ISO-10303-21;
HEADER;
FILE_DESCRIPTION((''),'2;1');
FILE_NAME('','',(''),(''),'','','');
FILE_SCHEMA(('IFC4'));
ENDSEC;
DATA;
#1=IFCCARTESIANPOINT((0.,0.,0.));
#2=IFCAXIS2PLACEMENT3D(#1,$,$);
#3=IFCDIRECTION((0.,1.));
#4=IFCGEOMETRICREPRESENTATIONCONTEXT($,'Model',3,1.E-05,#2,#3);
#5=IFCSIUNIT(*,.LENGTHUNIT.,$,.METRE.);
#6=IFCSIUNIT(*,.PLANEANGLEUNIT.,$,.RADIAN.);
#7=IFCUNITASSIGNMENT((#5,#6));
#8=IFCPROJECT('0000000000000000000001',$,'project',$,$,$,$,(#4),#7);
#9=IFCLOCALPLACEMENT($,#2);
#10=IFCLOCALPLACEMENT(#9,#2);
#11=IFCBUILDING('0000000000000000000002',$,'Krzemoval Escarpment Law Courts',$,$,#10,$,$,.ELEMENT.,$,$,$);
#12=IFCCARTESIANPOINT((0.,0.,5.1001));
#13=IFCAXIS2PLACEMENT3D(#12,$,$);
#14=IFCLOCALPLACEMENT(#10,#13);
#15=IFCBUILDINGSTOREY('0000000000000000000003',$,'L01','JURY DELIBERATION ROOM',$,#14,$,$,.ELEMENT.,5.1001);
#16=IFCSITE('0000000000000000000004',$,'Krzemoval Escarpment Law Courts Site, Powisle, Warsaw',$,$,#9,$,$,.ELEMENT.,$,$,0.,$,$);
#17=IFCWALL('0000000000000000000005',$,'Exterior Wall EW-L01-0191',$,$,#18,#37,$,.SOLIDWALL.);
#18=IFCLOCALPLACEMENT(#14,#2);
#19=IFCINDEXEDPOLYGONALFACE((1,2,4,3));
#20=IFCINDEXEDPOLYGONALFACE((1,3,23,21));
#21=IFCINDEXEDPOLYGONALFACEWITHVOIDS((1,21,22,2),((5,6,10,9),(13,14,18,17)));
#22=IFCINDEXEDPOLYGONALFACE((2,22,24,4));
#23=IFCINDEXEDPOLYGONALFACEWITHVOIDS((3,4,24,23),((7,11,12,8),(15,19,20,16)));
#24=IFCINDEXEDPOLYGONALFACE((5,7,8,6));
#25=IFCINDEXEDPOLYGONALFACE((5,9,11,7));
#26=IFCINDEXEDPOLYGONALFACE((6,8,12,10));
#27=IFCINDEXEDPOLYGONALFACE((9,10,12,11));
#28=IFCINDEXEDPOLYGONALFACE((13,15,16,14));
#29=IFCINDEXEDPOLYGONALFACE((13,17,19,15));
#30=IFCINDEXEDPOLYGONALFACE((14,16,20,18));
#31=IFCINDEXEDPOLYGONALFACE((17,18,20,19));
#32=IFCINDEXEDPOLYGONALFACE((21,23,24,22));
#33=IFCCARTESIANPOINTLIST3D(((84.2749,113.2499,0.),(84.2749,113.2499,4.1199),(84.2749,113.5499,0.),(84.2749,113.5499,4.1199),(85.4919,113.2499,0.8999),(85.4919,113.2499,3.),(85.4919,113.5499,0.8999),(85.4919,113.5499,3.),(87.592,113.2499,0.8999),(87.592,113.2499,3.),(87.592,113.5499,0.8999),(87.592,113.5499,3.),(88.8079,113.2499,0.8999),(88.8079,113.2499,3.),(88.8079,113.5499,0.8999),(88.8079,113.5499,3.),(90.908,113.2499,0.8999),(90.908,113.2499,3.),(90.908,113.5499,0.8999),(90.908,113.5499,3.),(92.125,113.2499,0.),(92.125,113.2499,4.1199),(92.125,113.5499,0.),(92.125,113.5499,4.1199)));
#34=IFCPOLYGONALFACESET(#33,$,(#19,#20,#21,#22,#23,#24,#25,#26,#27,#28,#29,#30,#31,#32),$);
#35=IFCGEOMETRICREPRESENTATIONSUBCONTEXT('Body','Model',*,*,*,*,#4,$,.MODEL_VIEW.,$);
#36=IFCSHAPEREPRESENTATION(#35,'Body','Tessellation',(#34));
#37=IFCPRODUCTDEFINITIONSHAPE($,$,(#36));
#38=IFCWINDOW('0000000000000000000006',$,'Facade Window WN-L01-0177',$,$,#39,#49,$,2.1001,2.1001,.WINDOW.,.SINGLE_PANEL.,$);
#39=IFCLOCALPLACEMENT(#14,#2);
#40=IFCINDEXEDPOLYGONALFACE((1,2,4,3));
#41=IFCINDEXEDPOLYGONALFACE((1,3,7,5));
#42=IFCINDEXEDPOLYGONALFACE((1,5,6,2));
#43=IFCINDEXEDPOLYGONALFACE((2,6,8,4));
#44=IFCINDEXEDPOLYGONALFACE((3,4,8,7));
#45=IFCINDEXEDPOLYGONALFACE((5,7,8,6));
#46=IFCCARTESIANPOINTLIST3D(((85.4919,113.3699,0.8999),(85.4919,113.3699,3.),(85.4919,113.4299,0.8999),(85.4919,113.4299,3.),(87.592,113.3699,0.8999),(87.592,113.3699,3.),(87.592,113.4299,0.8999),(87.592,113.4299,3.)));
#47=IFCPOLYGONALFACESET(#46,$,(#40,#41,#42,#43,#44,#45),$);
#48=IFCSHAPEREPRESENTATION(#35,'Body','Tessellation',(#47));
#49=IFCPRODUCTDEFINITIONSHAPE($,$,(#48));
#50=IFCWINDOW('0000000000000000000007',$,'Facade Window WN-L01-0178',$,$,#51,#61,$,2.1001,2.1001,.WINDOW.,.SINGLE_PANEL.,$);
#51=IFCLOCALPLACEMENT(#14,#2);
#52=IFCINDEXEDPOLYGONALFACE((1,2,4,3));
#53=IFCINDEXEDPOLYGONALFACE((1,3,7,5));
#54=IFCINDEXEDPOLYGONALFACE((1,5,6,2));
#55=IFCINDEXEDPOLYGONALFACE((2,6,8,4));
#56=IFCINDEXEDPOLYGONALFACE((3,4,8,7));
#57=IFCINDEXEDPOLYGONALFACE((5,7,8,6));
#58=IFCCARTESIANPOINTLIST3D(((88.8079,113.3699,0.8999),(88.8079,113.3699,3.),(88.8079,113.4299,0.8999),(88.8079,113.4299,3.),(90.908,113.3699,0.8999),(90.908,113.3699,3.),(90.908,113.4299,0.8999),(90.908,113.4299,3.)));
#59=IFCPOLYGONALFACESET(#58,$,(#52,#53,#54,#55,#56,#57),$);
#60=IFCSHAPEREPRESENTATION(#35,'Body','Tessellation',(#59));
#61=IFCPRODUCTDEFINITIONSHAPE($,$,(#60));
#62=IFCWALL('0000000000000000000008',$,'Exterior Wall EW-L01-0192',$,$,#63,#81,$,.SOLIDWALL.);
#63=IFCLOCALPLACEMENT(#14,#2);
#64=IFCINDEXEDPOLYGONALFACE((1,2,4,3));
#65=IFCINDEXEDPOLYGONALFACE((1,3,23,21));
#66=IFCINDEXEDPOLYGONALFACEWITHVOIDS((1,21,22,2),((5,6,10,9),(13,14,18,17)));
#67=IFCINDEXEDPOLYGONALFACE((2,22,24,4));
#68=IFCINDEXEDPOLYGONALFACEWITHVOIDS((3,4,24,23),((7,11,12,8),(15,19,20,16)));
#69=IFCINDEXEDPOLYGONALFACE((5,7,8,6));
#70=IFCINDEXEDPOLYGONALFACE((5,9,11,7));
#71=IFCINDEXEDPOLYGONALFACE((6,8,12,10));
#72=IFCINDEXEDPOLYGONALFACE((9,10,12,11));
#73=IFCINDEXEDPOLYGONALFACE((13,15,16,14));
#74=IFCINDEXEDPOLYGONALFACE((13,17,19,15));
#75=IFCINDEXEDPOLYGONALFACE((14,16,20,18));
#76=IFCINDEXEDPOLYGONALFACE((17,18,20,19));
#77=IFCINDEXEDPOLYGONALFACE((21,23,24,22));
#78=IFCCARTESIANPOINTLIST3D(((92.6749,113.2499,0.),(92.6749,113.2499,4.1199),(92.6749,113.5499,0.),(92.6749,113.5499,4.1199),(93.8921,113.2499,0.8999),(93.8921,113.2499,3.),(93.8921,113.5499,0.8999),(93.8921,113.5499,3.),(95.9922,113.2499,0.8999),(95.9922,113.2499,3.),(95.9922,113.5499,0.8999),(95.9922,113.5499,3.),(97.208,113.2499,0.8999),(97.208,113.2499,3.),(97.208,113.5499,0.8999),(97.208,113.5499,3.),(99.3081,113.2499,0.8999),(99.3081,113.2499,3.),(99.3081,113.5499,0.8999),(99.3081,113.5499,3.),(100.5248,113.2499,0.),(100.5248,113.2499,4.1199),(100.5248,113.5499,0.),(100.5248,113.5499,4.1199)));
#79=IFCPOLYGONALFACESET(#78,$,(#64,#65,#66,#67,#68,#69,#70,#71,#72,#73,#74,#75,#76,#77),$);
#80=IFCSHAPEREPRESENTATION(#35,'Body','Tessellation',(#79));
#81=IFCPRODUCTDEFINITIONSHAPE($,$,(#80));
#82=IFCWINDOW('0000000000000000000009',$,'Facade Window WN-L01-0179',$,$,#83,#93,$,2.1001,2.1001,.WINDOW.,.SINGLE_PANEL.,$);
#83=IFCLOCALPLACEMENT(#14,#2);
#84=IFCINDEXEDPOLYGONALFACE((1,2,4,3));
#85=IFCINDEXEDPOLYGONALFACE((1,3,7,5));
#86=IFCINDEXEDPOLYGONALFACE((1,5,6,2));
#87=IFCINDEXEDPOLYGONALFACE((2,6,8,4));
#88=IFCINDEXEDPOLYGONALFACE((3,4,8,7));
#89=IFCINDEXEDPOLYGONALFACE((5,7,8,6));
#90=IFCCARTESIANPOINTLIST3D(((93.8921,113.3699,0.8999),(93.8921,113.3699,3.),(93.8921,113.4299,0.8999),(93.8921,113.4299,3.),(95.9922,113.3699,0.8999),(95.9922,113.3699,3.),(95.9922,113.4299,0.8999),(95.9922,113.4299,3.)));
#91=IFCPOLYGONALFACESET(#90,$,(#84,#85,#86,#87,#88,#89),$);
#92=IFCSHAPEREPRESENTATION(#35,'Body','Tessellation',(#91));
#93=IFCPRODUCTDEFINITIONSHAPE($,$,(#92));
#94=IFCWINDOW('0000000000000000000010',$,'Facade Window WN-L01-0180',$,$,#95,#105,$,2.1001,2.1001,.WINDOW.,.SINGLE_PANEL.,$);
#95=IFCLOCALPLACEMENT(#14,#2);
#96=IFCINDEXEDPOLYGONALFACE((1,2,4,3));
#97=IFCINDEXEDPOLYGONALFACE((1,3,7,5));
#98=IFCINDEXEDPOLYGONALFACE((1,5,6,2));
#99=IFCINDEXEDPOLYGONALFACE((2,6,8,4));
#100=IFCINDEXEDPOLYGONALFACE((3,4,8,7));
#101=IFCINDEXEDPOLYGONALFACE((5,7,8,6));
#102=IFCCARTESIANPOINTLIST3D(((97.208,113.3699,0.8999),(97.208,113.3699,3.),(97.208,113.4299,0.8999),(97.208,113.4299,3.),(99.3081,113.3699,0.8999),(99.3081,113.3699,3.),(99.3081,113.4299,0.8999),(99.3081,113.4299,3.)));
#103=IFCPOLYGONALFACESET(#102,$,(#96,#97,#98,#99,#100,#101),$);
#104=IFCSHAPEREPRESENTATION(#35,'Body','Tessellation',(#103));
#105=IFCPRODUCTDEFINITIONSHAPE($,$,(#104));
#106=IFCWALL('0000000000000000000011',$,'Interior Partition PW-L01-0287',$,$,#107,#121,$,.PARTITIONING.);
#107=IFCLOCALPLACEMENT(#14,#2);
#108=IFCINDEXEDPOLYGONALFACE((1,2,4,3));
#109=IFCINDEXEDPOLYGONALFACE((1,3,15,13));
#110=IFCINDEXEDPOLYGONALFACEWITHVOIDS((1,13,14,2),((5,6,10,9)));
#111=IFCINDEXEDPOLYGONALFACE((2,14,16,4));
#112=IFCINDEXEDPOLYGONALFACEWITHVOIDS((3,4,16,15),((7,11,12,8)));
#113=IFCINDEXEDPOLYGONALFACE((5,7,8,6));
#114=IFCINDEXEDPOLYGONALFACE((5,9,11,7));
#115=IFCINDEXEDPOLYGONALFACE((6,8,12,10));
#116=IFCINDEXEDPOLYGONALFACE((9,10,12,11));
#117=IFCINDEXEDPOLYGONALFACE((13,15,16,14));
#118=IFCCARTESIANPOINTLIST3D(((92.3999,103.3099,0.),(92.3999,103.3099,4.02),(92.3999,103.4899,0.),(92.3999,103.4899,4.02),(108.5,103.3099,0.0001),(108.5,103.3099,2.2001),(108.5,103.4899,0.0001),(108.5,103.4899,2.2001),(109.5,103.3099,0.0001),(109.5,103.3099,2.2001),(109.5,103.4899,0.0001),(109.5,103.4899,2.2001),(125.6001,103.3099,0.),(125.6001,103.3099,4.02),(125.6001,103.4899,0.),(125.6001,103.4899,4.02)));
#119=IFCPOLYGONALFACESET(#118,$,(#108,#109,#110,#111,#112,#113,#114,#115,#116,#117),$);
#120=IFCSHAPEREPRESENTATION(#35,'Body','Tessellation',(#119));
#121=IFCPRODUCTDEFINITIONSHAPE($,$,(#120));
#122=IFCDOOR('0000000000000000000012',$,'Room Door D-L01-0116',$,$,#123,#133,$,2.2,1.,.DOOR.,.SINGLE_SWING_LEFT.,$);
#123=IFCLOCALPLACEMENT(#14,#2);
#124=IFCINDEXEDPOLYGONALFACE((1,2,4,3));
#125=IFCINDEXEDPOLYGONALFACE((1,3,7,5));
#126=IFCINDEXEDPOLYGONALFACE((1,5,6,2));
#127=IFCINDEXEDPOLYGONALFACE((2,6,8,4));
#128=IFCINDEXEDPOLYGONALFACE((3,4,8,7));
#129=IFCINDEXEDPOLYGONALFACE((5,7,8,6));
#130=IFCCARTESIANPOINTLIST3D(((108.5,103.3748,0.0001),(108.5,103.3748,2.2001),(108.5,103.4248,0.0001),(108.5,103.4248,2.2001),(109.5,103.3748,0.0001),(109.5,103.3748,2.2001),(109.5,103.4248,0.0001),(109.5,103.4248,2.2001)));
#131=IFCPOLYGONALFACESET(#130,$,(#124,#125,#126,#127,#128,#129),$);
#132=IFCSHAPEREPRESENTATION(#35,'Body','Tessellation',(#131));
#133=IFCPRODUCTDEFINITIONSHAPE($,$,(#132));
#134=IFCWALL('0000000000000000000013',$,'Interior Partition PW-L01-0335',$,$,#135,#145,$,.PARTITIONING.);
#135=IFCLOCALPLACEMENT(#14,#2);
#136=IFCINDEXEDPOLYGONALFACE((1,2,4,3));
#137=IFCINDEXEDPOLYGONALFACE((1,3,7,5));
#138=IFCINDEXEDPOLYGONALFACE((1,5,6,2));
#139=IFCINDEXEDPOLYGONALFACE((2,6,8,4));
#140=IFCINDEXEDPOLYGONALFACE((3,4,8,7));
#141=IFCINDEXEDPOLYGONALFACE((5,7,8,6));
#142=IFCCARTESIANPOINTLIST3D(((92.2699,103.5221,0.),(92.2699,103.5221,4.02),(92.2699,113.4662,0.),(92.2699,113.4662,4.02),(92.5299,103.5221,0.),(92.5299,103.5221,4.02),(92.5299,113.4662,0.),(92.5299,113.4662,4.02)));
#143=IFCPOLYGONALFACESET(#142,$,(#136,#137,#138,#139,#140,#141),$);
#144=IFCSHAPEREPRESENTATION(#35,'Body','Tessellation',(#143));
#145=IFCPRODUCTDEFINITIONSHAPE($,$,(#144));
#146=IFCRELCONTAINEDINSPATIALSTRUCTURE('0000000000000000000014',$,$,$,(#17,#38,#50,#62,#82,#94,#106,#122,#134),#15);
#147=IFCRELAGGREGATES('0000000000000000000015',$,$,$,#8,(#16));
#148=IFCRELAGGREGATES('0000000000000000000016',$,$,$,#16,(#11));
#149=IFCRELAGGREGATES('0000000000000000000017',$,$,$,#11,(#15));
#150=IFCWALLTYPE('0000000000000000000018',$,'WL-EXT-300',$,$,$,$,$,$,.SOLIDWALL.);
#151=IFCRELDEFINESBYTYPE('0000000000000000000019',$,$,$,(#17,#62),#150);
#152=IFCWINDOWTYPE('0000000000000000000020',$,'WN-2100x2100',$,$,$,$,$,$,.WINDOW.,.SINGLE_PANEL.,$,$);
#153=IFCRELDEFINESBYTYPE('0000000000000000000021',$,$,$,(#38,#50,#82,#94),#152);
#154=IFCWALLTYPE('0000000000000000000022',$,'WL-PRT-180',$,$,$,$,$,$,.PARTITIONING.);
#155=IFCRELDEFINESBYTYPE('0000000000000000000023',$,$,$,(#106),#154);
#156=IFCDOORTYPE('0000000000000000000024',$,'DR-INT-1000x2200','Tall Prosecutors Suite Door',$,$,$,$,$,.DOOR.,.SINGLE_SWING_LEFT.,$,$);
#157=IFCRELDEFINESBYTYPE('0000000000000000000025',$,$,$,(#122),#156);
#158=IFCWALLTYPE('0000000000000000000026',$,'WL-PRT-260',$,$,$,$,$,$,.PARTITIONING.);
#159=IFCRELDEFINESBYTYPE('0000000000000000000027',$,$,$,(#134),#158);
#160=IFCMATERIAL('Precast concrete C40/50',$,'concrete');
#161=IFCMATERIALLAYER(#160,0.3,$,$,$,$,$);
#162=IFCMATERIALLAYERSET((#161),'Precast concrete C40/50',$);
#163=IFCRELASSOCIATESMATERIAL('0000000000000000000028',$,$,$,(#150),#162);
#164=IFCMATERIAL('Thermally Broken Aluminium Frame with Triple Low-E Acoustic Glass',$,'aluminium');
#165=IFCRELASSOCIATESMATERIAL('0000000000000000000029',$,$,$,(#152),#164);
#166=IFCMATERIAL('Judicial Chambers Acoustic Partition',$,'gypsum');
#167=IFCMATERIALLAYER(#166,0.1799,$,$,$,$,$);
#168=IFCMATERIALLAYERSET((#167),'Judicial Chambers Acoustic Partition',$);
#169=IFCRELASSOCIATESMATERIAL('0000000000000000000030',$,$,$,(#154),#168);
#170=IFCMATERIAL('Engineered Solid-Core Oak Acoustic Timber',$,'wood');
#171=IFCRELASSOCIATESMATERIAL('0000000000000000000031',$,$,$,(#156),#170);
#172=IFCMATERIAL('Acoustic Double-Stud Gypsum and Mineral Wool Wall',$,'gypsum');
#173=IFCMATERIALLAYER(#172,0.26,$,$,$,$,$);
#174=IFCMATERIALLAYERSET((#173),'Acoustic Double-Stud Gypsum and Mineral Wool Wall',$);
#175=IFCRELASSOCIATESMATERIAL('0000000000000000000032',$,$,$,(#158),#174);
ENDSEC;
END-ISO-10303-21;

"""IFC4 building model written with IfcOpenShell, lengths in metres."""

from ifc_helpers import new_model, si_unit, direction, frame, frame_2d, origin, place, context, subcontext, project, spatial, rectangle, extrude, material, layer, layer_set, type_object, element, fill, save


model = new_model("IFC4")

# Units and contexts
model_context = context("Model", 3, precision=1e-05, world=origin(), true_north=direction((0.0, 1.0)))
body_context = subcontext(model_context, "Body", "Model", "MODEL_VIEW")
ifc_project = project(units=[si_unit("LENGTHUNIT", "METRE"), si_unit("PLANEANGLEUNIT", "RADIAN")], contexts=[model_context])

# Site, building, storey
site_placement = place(None, origin())
site = spatial("IfcSite", under=ifc_project, at=site_placement, Name="Krzemoval Escarpment Law Courts Site, Powisle, Warsaw", CompositionType="ELEMENT", RefElevation=0.0)
building_placement = place(site_placement, origin())
building = spatial("IfcBuilding", under=site, at=building_placement, Name="Krzemoval Escarpment Law Courts", CompositionType="ELEMENT")
storey_placement = place(building_placement, frame((0.0, 0.0, 5.1001)))
storey = spatial("IfcBuildingStorey", under=building, at=storey_placement, Name="L01", Description="JURY DELIBERATION ROOM", CompositionType="ELEMENT", Elevation=5.1001)

# Walls, openings, windows
ifc_material_1 = material(Name="Precast concrete C40/50", Category="concrete")
ifc_layer_1 = layer(ifc_material_1, 0.3)
ifc_layer_set_1 = layer_set([ifc_layer_1], Name="Precast concrete C40/50")
wall_type_1 = type_object("IfcWallType", Name="WL-EXT-300", PredefinedType="SOLIDWALL", material=ifc_layer_set_1)
wall_1_placement = place(storey_placement, frame((84.2749, 113.3999, 0.0), z_axis=(0.0, 0.0, 1.0), x_axis=(1.0, 0.0, 0.0)))
wall_1 = element("IfcWall", 1, at=wall_1_placement, inside=storey, type_object=wall_type_1, Name="Exterior Wall EW-L01-0191", PredefinedType="SOLIDWALL", context=body_context, shape_type="SweptSolid", body=[
    extrude(rectangle(XDim=7.8501, YDim=0.3, at=frame_2d((3.925, 0.0))), origin(), (0.0, 0.0, 1.0), 4.1199),
])
opening_1_placement = place(wall_1_placement, frame((1.217, 0.0, 0.8999)))
opening_1 = element("IfcOpeningElement", 2, at=opening_1_placement, cuts=wall_1, PredefinedType="OPENING", context=body_context, shape_type="SweptSolid", body=[
    extrude(rectangle(XDim=2.1001, YDim=2.1001, at=frame_2d((1.05, 1.05))), frame((0.0, 0.165, 0.0), z_axis=(0.0, -1.0, 0.0), x_axis=(1.0, 0.0, 0.0)), (0.0, 0.0, 1.0), 0.3301),
])
opening_2_placement = place(wall_1_placement, frame((4.533, 0.0, 0.8999)))
opening_2 = element("IfcOpeningElement", 3, at=opening_2_placement, cuts=wall_1, PredefinedType="OPENING", context=body_context, shape_type="SweptSolid", body=[
    extrude(rectangle(XDim=2.1001, YDim=2.1001, at=frame_2d((1.05, 1.05))), frame((0.0, 0.165, 0.0), z_axis=(0.0, -1.0, 0.0), x_axis=(1.0, 0.0, 0.0)), (0.0, 0.0, 1.0), 0.3301),
])
ifc_material_2 = material(Name="Thermally Broken Aluminium Frame with Triple Low-E Acoustic Glass", Category="aluminium")
window_type = type_object("IfcWindowType", Name="WN-2100x2100", PartitioningType="SINGLE_PANEL", PredefinedType="WINDOW", material=ifc_material_2)
window_1_placement = place(opening_1_placement, origin())
window_1 = element("IfcWindow", 4, at=window_1_placement, inside=storey, type_object=window_type, Name="Facade Window WN-L01-0177", OverallHeight=2.1001, OverallWidth=2.1001, PartitioningType="SINGLE_PANEL", PredefinedType="WINDOW", context=body_context, shape_type="SweptSolid", body=[
    extrude(rectangle(XDim=2.1001, YDim=2.1001, at=frame_2d((1.05, 1.05))), frame((0.0, 0.03, 0.0), z_axis=(0.0, -1.0, 0.0), x_axis=(1.0, 0.0, 0.0)), (0.0, 0.0, 1.0), 0.0601),
])
fill(opening_1, window_1)
window_2_placement = place(opening_2_placement, origin())
window_2 = element("IfcWindow", 5, at=window_2_placement, inside=storey, type_object=window_type, Name="Facade Window WN-L01-0178", OverallHeight=2.1001, OverallWidth=2.1001, PartitioningType="SINGLE_PANEL", PredefinedType="WINDOW", context=body_context, shape_type="SweptSolid", body=[
    extrude(rectangle(XDim=2.1001, YDim=2.1001, at=frame_2d((1.05, 1.05))), frame((0.0, 0.03, 0.0), z_axis=(0.0, -1.0, 0.0), x_axis=(1.0, 0.0, 0.0)), (0.0, 0.0, 1.0), 0.0601),
])
fill(opening_2, window_2)
wall_2_placement = place(storey_placement, frame((92.675, 113.3999, 0.0), z_axis=(0.0, 0.0, 1.0), x_axis=(1.0, 0.0, 0.0)))
wall_2 = element("IfcWall", 6, at=wall_2_placement, inside=storey, type_object=wall_type_1, Name="Exterior Wall EW-L01-0192", PredefinedType="SOLIDWALL", context=body_context, shape_type="SweptSolid", body=[
    extrude(rectangle(XDim=7.8499, YDim=0.3, at=frame_2d((3.9248, 0.0))), origin(), (0.0, 0.0, 1.0), 4.1199),
])
opening_3_placement = place(wall_2_placement, frame((1.217, 0.0, 0.8999)))
opening_3 = element("IfcOpeningElement", 7, at=opening_3_placement, cuts=wall_2, PredefinedType="OPENING", context=body_context, shape_type="SweptSolid", body=[
    extrude(rectangle(XDim=2.1001, YDim=2.1001, at=frame_2d((1.05, 1.05))), frame((0.0, 0.165, 0.0), z_axis=(0.0, -1.0, 0.0), x_axis=(1.0, 0.0, 0.0)), (0.0, 0.0, 1.0), 0.3301),
])
opening_4_placement = place(wall_2_placement, frame((4.533, 0.0, 0.8999)))
opening_4 = element("IfcOpeningElement", 8, at=opening_4_placement, cuts=wall_2, PredefinedType="OPENING", context=body_context, shape_type="SweptSolid", body=[
    extrude(rectangle(XDim=2.1001, YDim=2.1001, at=frame_2d((1.05, 1.05))), frame((0.0, 0.165, 0.0), z_axis=(0.0, -1.0, 0.0), x_axis=(1.0, 0.0, 0.0)), (0.0, 0.0, 1.0), 0.3301),
])
window_3_placement = place(opening_3_placement, origin())
window_3 = element("IfcWindow", 9, at=window_3_placement, inside=storey, type_object=window_type, Name="Facade Window WN-L01-0179", OverallHeight=2.1001, OverallWidth=2.1001, PartitioningType="SINGLE_PANEL", PredefinedType="WINDOW", context=body_context, shape_type="SweptSolid", body=[
    extrude(rectangle(XDim=2.1001, YDim=2.1001, at=frame_2d((1.05, 1.05))), frame((0.0, 0.03, 0.0), z_axis=(0.0, -1.0, 0.0), x_axis=(1.0, 0.0, 0.0)), (0.0, 0.0, 1.0), 0.0601),
])
fill(opening_3, window_3)
window_4_placement = place(opening_4_placement, origin())
window_4 = element("IfcWindow", 10, at=window_4_placement, inside=storey, type_object=window_type, Name="Facade Window WN-L01-0180", OverallHeight=2.1001, OverallWidth=2.1001, PartitioningType="SINGLE_PANEL", PredefinedType="WINDOW", context=body_context, shape_type="SweptSolid", body=[
    extrude(rectangle(XDim=2.1001, YDim=2.1001, at=frame_2d((1.05, 1.05))), frame((0.0, 0.03, 0.0), z_axis=(0.0, -1.0, 0.0), x_axis=(1.0, 0.0, 0.0)), (0.0, 0.0, 1.0), 0.0601),
])
fill(opening_4, window_4)

# Wall, opening, door
ifc_material_3 = material(Name="Judicial Chambers Acoustic Partition", Category="gypsum")
ifc_layer_2 = layer(ifc_material_3, 0.1799)
ifc_layer_set_2 = layer_set([ifc_layer_2], Name="Judicial Chambers Acoustic Partition")
wall_type_2 = type_object("IfcWallType", Name="WL-PRT-180", PredefinedType="PARTITIONING", material=ifc_layer_set_2)
wall_3_placement = place(storey_placement, frame((92.3999, 103.3999, 0.0), z_axis=(0.0, 0.0, 1.0), x_axis=(1.0, 0.0, 0.0)))
wall_3 = element("IfcWall", 11, at=wall_3_placement, inside=storey, type_object=wall_type_2, Name="Interior Partition PW-L01-0287", PredefinedType="PARTITIONING", context=body_context, shape_type="SweptSolid", body=[
    extrude(rectangle(XDim=33.2002, YDim=0.1799, at=frame_2d((16.6001, 0.0))), origin(), (0.0, 0.0, 1.0), 4.02),
])
opening_5_placement = place(wall_3_placement, frame((16.1001, 0.0, 0.0)))
opening_5 = element("IfcOpeningElement", 12, at=opening_5_placement, cuts=wall_3, PredefinedType="OPENING", context=body_context, shape_type="SweptSolid", body=[
    extrude(rectangle(XDim=1.0, YDim=2.2, at=frame_2d((0.5, 1.1001))), frame((0.0, 0.105, 0.0), z_axis=(0.0, -1.0, 0.0), x_axis=(1.0, 0.0, 0.0)), (0.0, 0.0, 1.0), 0.2099),
])
ifc_material_4 = material(Name="Engineered Solid-Core Oak Acoustic Timber", Category="wood")
door_type = type_object("IfcDoorType", Name="DR-INT-1000x2200", Description="Tall Prosecutors Suite Door", OperationType="SINGLE_SWING_LEFT", PredefinedType="DOOR", material=ifc_material_4)
door_placement = place(opening_5_placement, origin())
door = element("IfcDoor", 13, at=door_placement, inside=storey, type_object=door_type, Name="Room Door D-L01-0116", OperationType="SINGLE_SWING_LEFT", OverallHeight=2.2, OverallWidth=1.0, PredefinedType="DOOR", context=body_context, shape_type="SweptSolid", body=[
    extrude(rectangle(XDim=1.0, YDim=2.2, at=frame_2d((0.5, 1.1001))), frame((0.0, 0.0249, 0.0), z_axis=(0.0, -1.0, 0.0), x_axis=(1.0, 0.0, 0.0)), (0.0, 0.0, 1.0), 0.05),
])
fill(opening_5, door)

# Wall
ifc_material_5 = material(Name="Acoustic Double-Stud Gypsum and Mineral Wool Wall", Category="gypsum")
ifc_layer_3 = layer(ifc_material_5, 0.26)
ifc_layer_set_3 = layer_set([ifc_layer_3], Name="Acoustic Double-Stud Gypsum and Mineral Wool Wall")
wall_type_3 = type_object("IfcWallType", Name="WL-PRT-260", PredefinedType="PARTITIONING", material=ifc_layer_set_3)
wall_4_placement = place(storey_placement, frame((92.3999, 103.522, 0.0), z_axis=(0.0, 0.0, 1.0), x_axis=(0.0, 1.0, 0.0)))
element("IfcWall", 14, at=wall_4_placement, inside=storey, type_object=wall_type_3, Name="Interior Partition PW-L01-0335", PredefinedType="PARTITIONING", context=body_context, shape_type="SweptSolid", body=[
    extrude(rectangle(XDim=9.9441, YDim=0.26, at=frame_2d((4.9722, 0.0))), origin(), (0.0, 0.0, 1.0), 4.02),
])

save(model, "model.ifc")
